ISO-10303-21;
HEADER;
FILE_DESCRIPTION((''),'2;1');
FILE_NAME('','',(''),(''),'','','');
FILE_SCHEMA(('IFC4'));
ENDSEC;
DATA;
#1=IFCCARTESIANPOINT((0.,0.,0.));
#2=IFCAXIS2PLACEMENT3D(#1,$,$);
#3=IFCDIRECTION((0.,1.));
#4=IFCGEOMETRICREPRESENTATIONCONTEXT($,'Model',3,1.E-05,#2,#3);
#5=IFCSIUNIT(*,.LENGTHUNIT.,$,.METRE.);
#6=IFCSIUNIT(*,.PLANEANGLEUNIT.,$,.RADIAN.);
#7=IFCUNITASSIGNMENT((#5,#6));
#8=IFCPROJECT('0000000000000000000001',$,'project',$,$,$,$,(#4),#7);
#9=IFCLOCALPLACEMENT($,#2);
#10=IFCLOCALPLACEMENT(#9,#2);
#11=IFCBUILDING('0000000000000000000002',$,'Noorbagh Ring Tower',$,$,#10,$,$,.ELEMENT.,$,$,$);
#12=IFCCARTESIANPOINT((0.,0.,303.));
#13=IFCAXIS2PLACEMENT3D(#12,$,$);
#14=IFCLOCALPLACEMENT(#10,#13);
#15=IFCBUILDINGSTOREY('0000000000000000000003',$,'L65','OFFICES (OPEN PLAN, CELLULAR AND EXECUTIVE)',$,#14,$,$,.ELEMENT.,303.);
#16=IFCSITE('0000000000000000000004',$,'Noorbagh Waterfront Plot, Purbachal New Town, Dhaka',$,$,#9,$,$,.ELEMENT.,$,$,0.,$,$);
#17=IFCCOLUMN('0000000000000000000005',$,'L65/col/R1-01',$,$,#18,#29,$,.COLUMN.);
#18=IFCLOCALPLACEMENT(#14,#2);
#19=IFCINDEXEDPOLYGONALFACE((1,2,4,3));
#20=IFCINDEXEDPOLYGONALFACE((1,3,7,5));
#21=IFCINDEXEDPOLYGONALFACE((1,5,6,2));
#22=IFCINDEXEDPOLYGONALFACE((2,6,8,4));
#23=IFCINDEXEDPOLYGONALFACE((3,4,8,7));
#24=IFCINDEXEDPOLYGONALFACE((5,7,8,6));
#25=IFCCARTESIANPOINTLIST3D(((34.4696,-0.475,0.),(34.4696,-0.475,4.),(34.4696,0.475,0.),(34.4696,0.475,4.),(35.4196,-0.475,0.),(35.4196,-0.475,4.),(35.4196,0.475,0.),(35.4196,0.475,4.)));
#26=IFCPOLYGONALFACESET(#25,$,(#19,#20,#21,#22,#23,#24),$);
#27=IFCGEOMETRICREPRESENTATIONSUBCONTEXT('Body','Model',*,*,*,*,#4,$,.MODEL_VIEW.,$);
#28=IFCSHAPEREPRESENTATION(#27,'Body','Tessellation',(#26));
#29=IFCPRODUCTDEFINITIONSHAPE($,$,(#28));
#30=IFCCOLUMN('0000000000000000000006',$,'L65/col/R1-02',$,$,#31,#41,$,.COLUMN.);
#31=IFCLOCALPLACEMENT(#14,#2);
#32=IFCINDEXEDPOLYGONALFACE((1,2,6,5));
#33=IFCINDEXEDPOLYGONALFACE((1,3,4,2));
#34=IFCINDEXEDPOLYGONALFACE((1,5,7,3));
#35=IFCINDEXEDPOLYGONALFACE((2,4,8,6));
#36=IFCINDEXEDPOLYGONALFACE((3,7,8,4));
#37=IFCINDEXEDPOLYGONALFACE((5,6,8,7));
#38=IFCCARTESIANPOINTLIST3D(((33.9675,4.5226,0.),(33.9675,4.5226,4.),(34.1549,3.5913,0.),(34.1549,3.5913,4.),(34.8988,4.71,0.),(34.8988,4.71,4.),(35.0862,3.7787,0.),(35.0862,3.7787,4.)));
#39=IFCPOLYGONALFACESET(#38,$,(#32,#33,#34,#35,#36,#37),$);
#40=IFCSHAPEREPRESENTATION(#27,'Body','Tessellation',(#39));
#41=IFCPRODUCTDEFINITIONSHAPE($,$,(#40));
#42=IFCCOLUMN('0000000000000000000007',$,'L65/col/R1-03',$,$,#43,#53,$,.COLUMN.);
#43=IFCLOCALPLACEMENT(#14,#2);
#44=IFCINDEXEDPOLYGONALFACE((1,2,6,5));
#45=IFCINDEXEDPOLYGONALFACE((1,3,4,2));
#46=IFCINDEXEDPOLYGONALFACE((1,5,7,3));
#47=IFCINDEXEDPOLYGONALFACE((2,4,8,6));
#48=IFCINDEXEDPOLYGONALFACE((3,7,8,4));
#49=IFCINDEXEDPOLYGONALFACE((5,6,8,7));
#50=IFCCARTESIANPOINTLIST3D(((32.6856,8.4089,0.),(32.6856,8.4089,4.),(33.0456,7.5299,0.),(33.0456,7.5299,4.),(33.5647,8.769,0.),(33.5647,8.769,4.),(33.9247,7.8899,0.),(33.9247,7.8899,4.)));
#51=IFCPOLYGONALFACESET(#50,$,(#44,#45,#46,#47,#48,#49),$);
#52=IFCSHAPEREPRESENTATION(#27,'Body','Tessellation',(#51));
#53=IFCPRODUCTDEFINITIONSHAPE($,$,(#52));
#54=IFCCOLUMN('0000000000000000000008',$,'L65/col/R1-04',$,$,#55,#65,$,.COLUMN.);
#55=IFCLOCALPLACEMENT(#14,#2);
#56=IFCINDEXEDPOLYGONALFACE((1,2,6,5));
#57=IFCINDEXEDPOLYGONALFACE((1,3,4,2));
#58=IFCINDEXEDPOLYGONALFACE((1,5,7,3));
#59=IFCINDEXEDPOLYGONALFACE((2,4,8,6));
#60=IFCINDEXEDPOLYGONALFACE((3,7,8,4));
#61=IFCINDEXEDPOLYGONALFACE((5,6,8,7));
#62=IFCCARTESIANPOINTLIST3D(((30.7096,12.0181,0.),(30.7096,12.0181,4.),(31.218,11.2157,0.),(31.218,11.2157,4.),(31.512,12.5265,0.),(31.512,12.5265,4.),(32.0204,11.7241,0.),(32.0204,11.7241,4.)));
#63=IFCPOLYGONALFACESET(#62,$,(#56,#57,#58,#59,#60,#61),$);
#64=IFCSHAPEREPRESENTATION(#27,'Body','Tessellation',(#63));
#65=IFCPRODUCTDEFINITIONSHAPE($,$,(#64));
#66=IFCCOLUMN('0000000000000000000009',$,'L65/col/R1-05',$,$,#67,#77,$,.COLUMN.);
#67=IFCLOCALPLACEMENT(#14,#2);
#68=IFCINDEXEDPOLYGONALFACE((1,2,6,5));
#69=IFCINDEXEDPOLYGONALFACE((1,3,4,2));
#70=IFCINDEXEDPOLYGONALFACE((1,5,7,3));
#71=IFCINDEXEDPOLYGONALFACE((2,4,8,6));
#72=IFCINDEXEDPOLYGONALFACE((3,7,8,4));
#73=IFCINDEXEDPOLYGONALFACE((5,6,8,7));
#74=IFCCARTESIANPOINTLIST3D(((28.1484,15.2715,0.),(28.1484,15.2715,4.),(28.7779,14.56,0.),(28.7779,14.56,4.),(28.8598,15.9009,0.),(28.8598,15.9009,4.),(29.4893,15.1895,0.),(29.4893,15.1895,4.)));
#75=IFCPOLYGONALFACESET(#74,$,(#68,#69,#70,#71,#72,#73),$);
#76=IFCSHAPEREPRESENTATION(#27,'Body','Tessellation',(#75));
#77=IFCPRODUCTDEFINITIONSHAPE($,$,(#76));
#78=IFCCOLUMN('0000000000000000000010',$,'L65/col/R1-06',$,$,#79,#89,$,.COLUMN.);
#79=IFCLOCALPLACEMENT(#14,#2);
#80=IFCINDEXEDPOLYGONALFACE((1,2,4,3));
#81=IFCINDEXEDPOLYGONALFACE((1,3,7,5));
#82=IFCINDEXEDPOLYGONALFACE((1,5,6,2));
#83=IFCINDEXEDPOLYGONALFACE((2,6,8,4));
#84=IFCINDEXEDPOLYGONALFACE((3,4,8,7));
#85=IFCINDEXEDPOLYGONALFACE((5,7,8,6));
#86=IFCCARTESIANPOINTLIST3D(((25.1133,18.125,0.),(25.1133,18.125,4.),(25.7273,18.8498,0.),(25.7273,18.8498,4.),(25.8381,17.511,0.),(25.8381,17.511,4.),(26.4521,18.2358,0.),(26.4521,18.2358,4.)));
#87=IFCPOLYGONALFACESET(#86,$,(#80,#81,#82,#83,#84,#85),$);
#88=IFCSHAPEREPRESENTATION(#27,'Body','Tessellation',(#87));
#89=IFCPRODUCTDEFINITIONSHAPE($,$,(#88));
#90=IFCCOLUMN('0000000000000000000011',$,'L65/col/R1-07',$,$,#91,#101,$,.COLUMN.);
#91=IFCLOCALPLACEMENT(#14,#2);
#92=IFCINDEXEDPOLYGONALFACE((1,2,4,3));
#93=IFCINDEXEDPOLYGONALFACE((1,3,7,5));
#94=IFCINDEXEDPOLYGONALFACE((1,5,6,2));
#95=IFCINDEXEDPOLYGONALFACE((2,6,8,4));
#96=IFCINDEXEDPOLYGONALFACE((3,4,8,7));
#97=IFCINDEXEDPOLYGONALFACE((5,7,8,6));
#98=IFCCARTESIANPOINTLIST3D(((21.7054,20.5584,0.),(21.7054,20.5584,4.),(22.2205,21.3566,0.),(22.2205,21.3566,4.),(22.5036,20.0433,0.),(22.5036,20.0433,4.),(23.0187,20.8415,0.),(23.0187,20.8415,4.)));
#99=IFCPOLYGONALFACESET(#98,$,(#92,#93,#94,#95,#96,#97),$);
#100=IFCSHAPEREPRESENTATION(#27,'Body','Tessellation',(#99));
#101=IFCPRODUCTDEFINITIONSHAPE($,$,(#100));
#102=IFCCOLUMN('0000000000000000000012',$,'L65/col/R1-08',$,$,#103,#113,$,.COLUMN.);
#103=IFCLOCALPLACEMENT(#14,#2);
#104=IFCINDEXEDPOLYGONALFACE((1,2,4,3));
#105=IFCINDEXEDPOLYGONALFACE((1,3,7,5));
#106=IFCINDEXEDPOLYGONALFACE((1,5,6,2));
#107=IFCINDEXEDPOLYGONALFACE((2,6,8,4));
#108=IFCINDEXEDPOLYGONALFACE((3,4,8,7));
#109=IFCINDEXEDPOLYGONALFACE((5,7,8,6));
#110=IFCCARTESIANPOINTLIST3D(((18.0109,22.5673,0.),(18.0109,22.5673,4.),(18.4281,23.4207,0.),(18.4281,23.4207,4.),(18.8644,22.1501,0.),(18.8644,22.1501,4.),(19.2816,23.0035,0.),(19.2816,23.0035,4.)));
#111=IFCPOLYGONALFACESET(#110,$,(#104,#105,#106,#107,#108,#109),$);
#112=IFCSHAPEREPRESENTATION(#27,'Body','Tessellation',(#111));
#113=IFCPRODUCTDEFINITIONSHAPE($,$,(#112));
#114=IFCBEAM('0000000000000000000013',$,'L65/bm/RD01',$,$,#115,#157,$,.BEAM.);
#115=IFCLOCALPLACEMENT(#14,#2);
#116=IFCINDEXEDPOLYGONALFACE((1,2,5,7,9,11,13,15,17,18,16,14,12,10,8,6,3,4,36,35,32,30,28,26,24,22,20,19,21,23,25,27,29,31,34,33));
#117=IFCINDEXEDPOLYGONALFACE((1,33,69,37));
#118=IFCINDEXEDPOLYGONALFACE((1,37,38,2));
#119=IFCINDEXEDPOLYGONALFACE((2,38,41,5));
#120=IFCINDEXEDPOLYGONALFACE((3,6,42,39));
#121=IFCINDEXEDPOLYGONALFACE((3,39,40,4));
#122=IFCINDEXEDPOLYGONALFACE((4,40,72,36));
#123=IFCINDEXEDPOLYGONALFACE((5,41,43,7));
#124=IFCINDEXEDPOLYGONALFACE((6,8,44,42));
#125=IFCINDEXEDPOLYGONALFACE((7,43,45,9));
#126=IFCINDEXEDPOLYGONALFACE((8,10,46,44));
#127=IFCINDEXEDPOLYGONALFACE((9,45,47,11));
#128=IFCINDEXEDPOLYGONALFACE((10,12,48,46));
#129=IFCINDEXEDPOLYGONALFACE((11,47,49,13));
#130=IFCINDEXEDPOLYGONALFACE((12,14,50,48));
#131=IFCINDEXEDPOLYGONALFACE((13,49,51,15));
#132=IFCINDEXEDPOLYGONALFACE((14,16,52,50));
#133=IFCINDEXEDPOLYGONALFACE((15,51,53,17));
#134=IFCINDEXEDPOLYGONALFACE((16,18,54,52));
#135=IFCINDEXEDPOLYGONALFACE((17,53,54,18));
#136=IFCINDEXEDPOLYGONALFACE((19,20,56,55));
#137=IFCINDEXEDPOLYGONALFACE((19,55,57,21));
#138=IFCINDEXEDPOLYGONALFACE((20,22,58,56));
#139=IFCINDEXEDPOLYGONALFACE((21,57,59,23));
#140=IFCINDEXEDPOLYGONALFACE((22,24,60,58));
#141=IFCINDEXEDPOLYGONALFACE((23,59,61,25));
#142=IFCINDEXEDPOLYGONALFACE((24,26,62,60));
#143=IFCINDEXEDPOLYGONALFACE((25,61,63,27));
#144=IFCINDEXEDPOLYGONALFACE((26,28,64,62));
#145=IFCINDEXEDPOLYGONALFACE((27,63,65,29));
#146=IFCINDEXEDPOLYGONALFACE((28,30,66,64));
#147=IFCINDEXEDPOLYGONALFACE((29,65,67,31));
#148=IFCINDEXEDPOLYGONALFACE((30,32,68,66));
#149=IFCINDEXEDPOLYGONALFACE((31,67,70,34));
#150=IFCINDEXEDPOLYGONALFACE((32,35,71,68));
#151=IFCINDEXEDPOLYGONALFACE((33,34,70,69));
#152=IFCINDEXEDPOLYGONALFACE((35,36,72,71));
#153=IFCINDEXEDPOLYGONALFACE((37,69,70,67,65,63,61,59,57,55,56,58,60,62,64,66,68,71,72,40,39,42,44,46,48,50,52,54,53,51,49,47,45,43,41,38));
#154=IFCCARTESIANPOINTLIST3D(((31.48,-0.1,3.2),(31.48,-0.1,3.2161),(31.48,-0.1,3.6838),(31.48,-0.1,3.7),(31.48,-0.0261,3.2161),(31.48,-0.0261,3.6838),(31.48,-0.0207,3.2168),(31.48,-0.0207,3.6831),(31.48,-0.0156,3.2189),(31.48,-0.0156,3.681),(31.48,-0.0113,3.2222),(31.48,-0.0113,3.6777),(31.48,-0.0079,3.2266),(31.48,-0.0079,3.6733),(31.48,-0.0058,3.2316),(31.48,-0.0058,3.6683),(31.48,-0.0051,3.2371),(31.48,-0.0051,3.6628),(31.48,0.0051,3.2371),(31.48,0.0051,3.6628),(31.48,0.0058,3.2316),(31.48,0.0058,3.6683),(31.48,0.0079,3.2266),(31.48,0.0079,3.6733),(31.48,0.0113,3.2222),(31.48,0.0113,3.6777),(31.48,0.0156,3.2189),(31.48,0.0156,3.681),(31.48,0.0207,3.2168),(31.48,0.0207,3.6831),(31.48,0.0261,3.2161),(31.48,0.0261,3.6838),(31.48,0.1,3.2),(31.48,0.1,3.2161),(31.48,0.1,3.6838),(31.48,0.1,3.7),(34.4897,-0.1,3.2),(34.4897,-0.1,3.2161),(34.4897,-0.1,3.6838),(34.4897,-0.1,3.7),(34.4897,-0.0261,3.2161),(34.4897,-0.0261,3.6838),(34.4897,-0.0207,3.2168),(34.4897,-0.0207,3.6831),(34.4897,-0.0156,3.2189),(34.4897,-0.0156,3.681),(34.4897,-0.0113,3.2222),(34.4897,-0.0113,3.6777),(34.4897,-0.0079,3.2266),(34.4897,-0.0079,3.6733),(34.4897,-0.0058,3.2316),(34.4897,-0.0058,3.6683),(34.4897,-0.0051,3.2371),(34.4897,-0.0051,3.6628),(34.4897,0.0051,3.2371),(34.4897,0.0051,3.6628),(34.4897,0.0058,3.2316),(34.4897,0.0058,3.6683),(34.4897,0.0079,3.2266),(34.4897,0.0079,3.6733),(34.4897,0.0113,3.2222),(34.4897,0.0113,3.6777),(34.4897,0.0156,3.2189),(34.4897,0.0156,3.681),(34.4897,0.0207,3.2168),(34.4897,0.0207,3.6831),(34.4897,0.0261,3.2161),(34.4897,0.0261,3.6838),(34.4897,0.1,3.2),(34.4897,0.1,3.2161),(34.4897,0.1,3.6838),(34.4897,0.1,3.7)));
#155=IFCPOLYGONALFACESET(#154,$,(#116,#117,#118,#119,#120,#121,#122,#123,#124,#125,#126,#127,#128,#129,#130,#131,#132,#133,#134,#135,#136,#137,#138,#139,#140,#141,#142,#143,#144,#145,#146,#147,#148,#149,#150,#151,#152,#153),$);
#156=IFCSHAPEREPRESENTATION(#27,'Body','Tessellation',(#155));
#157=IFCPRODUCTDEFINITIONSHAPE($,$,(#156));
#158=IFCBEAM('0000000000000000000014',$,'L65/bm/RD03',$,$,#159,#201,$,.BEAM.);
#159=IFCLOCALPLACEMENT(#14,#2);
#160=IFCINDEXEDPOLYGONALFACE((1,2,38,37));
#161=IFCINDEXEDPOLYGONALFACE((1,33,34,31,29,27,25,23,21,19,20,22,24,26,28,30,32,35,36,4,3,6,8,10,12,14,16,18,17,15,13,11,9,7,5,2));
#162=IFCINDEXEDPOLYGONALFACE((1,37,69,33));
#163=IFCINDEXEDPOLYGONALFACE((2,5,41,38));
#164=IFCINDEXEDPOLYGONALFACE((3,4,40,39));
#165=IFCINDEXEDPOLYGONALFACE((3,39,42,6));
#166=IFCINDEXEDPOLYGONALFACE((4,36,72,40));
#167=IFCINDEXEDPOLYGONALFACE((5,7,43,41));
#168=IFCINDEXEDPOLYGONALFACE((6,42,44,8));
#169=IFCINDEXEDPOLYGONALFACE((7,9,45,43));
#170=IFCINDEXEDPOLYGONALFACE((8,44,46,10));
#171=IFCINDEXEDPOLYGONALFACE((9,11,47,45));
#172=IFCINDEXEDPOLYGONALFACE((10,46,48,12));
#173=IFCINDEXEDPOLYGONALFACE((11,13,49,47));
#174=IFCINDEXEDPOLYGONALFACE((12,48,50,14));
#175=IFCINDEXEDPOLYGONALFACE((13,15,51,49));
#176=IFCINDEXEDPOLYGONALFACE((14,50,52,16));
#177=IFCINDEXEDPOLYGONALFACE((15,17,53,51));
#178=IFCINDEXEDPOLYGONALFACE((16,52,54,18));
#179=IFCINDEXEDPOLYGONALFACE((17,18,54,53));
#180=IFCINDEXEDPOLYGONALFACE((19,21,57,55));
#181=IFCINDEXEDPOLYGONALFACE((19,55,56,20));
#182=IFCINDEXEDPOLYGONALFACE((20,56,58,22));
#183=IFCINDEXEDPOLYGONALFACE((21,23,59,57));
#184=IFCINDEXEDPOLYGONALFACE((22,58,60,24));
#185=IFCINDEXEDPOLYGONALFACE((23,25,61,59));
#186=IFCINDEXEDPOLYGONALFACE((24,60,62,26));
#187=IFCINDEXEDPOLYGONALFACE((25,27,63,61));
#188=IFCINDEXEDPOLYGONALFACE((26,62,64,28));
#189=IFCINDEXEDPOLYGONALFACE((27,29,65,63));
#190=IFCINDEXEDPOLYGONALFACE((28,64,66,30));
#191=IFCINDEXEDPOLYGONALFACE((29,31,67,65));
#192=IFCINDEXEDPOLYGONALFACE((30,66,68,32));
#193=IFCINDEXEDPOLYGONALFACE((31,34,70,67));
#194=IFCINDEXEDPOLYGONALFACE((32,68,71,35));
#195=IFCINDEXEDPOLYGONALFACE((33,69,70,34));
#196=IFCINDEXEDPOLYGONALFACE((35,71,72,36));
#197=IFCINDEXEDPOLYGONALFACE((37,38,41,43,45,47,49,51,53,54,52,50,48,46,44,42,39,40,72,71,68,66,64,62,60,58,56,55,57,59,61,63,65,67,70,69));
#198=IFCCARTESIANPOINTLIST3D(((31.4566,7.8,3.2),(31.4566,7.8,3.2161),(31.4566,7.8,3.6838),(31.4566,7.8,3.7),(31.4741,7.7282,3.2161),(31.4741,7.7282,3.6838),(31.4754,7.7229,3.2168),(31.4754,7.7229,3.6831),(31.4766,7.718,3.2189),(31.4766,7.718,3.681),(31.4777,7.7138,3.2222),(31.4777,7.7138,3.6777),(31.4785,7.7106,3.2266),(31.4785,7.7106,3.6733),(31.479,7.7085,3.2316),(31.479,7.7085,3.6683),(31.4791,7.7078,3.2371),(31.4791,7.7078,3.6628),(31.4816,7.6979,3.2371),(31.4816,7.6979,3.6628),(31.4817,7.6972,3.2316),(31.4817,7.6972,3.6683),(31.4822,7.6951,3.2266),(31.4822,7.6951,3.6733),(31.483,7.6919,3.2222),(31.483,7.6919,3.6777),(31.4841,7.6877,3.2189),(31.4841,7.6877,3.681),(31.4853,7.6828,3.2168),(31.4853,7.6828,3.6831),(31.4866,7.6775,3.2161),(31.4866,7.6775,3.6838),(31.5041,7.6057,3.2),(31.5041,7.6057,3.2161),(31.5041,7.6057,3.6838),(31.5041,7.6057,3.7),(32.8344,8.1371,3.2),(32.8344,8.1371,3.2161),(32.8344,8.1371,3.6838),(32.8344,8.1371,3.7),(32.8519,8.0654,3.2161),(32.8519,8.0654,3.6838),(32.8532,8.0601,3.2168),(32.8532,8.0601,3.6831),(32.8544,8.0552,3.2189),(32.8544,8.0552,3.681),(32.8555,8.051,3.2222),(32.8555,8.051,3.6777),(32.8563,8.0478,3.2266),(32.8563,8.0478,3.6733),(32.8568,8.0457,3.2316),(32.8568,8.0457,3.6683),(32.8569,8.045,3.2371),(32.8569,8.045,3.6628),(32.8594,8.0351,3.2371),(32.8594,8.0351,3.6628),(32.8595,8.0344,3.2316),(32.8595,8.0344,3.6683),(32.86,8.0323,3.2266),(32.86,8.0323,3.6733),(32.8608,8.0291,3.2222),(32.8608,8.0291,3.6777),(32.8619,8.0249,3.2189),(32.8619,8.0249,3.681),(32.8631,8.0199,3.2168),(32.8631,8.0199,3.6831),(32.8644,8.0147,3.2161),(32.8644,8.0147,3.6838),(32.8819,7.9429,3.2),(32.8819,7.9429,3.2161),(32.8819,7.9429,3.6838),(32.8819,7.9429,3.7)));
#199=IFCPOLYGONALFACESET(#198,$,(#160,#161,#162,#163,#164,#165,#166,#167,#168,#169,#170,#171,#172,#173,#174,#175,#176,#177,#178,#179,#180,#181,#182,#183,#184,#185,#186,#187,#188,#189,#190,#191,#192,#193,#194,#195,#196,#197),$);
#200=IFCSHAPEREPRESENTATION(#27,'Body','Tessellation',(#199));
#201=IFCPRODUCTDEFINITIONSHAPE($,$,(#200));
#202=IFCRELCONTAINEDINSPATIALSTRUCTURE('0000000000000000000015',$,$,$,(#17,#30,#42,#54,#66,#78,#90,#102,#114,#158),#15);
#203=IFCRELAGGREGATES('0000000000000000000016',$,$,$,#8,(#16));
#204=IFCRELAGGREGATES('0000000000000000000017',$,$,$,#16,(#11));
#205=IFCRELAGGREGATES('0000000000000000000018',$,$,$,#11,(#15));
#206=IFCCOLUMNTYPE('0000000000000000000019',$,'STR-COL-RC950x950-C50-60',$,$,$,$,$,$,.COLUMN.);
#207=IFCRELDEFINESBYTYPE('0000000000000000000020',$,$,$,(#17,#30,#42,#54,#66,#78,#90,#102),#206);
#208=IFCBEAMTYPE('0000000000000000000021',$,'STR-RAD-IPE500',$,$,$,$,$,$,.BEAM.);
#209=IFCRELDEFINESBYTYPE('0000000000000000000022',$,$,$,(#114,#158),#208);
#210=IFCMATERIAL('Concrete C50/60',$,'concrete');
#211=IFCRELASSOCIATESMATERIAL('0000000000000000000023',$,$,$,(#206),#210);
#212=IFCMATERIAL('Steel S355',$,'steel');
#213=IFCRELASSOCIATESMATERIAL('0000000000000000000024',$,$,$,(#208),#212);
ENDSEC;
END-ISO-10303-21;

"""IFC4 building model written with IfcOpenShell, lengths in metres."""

from ifc_helpers import new_model, si_unit, direction, frame, origin, origin_2d, place, context, subcontext, project, spatial, rectangle, i_section, extrude, material, material_profile, profile_set, type_object, element, save


model = new_model("IFC4")

# Units and contexts
model_context = context("Model", 3, precision=1e-05, world=origin(), true_north=direction((0.0, 1.0)))
body_context = subcontext(model_context, "Body", "Model", "MODEL_VIEW")
ifc_project = project(units=[si_unit("LENGTHUNIT", "METRE"), si_unit("PLANEANGLEUNIT", "RADIAN")], contexts=[model_context])

# Site, building, storey
site_placement = place(None, origin())
site = spatial("IfcSite", under=ifc_project, at=site_placement, Name="Noorbagh Waterfront Plot, Purbachal New Town, Dhaka", CompositionType="ELEMENT", RefElevation=0.0)
building_placement = place(site_placement, origin())
building = spatial("IfcBuilding", under=site, at=building_placement, Name="Noorbagh Ring Tower", CompositionType="ELEMENT")
storey_placement = place(building_placement, frame((0.0, 0.0, 303.0)))
storey = spatial("IfcBuildingStorey", under=building, at=storey_placement, Name="L65", Description="OFFICES (OPEN PLAN, CELLULAR AND EXECUTIVE)", CompositionType="ELEMENT", Elevation=303.0)

# Columns
ifc_material_1 = material(Name="Concrete C50/60", Category="concrete")
ifc_material_profile_1 = material_profile(ifc_material_1, rectangle(XDim=0.95, YDim=0.95, at=origin_2d()), Name="RC950x950")
ifc_profile_set_1 = profile_set([ifc_material_profile_1], Name="Concrete C50/60")
column_type = type_object("IfcColumnType", Name="STR-COL-RC950x950-C50-60", PredefinedType="COLUMN", material=ifc_profile_set_1)
for number, where, z_axis, x_axis, name in (
    (1, (34.9446, 0.0, 0.0), (0.0, 0.0, 1.0), (0.0, 1.0, 0.0), "L65/col/R1-01"),
    (2, (34.5269, 4.1506, 0.0), (0.0, 0.0, 1.0), (-0.19723, 0.980357, 0.0), "L65/col/R1-02"),
    (3, (33.3052, 8.1494, 0.0), (0.0, 0.0, 1.0), (-0.378989, 0.925401, 0.0), "L65/col/R1-03"),
    (4, (31.365, 11.8711, 0.0), (0.0, 0.0, 1.0), (-0.53519, 0.844731, 0.0), "L65/col/R1-04"),
    (5, (28.8188, 15.2305, 0.0), (0.0, 0.0, 1.0), (-0.662636, 0.748942, 0.0), "L65/col/R1-05"),
    (6, (25.7827, 18.1804, 0.0), (0.0, 0.0, 1.0), (-0.763035, 0.646357, 0.0), "L65/col/R1-06"),
    (7, (22.3621, 20.7, 0.0), (0.0, 0.0, 1.0), (-0.840248, 0.542203, 0.0), "L65/col/R1-07"),
    (8, (18.6462, 22.7854, 0.0), (0.0, 0.0, 1.0), (-0.898399, 0.43918, 0.0), "L65/col/R1-08"),
):
    element("IfcColumn", number, at=place(storey_placement, frame(where, z_axis=z_axis, x_axis=x_axis)), inside=storey, type_object=column_type, Name=name, PredefinedType="COLUMN", context=body_context, shape_type="SweptSolid", body=[
        extrude(rectangle(XDim=0.95, YDim=0.95, at=origin_2d()), origin(), (0.0, 0.0, 1.0), 4.0),
    ])

# Beams
ifc_material_2 = material(Name="Steel S355", Category="steel")
ifc_material_profile_2 = material_profile(ifc_material_2, i_section(OverallWidth=0.2, OverallDepth=0.5, WebThickness=0.0103, FlangeThickness=0.0161, FilletRadius=0.021, at=origin_2d()), Name="IPE500")
ifc_profile_set_2 = profile_set([ifc_material_profile_2], Name="Steel S355")
beam_type_1 = type_object("IfcBeamType", Name="STR-RAD-IPE500", PredefinedType="BEAM", material=ifc_profile_set_2)
beam_1_placement = place(storey_placement, frame((34.4897, 0.0, 3.45), z_axis=(-1.0, 0.0, 0.0), x_axis=(0.0, -1.0, 0.0)))
element("IfcBeam", 9, at=beam_1_placement, inside=storey, type_object=beam_type_1, Name="L65/bm/RD01", PredefinedType="BEAM", context=body_context, shape_type="SweptSolid", body=[
    extrude(i_section(OverallWidth=0.2, OverallDepth=0.5, WebThickness=0.0103, FlangeThickness=0.0161, FilletRadius=0.021, at=origin_2d()), origin(), (0.0, 0.0, 1.0), 3.0098),
])
beam_2_placement = place(storey_placement, frame((32.8582, 8.04, 3.45), z_axis=(-0.971335, -0.237713, 0.0), x_axis=(0.237713, -0.971335, 0.0)))
element("IfcBeam", 10, at=beam_2_placement, inside=storey, type_object=beam_type_1, Name="L65/bm/RD03", PredefinedType="BEAM", context=body_context, shape_type="SweptSolid", body=[
    extrude(i_section(OverallWidth=0.2, OverallDepth=0.5, WebThickness=0.0103, FlangeThickness=0.0161, FilletRadius=0.021, at=origin_2d()), origin(), (0.0, 0.0, 1.0), 1.4185),
])

save(model, "model.ifc")
